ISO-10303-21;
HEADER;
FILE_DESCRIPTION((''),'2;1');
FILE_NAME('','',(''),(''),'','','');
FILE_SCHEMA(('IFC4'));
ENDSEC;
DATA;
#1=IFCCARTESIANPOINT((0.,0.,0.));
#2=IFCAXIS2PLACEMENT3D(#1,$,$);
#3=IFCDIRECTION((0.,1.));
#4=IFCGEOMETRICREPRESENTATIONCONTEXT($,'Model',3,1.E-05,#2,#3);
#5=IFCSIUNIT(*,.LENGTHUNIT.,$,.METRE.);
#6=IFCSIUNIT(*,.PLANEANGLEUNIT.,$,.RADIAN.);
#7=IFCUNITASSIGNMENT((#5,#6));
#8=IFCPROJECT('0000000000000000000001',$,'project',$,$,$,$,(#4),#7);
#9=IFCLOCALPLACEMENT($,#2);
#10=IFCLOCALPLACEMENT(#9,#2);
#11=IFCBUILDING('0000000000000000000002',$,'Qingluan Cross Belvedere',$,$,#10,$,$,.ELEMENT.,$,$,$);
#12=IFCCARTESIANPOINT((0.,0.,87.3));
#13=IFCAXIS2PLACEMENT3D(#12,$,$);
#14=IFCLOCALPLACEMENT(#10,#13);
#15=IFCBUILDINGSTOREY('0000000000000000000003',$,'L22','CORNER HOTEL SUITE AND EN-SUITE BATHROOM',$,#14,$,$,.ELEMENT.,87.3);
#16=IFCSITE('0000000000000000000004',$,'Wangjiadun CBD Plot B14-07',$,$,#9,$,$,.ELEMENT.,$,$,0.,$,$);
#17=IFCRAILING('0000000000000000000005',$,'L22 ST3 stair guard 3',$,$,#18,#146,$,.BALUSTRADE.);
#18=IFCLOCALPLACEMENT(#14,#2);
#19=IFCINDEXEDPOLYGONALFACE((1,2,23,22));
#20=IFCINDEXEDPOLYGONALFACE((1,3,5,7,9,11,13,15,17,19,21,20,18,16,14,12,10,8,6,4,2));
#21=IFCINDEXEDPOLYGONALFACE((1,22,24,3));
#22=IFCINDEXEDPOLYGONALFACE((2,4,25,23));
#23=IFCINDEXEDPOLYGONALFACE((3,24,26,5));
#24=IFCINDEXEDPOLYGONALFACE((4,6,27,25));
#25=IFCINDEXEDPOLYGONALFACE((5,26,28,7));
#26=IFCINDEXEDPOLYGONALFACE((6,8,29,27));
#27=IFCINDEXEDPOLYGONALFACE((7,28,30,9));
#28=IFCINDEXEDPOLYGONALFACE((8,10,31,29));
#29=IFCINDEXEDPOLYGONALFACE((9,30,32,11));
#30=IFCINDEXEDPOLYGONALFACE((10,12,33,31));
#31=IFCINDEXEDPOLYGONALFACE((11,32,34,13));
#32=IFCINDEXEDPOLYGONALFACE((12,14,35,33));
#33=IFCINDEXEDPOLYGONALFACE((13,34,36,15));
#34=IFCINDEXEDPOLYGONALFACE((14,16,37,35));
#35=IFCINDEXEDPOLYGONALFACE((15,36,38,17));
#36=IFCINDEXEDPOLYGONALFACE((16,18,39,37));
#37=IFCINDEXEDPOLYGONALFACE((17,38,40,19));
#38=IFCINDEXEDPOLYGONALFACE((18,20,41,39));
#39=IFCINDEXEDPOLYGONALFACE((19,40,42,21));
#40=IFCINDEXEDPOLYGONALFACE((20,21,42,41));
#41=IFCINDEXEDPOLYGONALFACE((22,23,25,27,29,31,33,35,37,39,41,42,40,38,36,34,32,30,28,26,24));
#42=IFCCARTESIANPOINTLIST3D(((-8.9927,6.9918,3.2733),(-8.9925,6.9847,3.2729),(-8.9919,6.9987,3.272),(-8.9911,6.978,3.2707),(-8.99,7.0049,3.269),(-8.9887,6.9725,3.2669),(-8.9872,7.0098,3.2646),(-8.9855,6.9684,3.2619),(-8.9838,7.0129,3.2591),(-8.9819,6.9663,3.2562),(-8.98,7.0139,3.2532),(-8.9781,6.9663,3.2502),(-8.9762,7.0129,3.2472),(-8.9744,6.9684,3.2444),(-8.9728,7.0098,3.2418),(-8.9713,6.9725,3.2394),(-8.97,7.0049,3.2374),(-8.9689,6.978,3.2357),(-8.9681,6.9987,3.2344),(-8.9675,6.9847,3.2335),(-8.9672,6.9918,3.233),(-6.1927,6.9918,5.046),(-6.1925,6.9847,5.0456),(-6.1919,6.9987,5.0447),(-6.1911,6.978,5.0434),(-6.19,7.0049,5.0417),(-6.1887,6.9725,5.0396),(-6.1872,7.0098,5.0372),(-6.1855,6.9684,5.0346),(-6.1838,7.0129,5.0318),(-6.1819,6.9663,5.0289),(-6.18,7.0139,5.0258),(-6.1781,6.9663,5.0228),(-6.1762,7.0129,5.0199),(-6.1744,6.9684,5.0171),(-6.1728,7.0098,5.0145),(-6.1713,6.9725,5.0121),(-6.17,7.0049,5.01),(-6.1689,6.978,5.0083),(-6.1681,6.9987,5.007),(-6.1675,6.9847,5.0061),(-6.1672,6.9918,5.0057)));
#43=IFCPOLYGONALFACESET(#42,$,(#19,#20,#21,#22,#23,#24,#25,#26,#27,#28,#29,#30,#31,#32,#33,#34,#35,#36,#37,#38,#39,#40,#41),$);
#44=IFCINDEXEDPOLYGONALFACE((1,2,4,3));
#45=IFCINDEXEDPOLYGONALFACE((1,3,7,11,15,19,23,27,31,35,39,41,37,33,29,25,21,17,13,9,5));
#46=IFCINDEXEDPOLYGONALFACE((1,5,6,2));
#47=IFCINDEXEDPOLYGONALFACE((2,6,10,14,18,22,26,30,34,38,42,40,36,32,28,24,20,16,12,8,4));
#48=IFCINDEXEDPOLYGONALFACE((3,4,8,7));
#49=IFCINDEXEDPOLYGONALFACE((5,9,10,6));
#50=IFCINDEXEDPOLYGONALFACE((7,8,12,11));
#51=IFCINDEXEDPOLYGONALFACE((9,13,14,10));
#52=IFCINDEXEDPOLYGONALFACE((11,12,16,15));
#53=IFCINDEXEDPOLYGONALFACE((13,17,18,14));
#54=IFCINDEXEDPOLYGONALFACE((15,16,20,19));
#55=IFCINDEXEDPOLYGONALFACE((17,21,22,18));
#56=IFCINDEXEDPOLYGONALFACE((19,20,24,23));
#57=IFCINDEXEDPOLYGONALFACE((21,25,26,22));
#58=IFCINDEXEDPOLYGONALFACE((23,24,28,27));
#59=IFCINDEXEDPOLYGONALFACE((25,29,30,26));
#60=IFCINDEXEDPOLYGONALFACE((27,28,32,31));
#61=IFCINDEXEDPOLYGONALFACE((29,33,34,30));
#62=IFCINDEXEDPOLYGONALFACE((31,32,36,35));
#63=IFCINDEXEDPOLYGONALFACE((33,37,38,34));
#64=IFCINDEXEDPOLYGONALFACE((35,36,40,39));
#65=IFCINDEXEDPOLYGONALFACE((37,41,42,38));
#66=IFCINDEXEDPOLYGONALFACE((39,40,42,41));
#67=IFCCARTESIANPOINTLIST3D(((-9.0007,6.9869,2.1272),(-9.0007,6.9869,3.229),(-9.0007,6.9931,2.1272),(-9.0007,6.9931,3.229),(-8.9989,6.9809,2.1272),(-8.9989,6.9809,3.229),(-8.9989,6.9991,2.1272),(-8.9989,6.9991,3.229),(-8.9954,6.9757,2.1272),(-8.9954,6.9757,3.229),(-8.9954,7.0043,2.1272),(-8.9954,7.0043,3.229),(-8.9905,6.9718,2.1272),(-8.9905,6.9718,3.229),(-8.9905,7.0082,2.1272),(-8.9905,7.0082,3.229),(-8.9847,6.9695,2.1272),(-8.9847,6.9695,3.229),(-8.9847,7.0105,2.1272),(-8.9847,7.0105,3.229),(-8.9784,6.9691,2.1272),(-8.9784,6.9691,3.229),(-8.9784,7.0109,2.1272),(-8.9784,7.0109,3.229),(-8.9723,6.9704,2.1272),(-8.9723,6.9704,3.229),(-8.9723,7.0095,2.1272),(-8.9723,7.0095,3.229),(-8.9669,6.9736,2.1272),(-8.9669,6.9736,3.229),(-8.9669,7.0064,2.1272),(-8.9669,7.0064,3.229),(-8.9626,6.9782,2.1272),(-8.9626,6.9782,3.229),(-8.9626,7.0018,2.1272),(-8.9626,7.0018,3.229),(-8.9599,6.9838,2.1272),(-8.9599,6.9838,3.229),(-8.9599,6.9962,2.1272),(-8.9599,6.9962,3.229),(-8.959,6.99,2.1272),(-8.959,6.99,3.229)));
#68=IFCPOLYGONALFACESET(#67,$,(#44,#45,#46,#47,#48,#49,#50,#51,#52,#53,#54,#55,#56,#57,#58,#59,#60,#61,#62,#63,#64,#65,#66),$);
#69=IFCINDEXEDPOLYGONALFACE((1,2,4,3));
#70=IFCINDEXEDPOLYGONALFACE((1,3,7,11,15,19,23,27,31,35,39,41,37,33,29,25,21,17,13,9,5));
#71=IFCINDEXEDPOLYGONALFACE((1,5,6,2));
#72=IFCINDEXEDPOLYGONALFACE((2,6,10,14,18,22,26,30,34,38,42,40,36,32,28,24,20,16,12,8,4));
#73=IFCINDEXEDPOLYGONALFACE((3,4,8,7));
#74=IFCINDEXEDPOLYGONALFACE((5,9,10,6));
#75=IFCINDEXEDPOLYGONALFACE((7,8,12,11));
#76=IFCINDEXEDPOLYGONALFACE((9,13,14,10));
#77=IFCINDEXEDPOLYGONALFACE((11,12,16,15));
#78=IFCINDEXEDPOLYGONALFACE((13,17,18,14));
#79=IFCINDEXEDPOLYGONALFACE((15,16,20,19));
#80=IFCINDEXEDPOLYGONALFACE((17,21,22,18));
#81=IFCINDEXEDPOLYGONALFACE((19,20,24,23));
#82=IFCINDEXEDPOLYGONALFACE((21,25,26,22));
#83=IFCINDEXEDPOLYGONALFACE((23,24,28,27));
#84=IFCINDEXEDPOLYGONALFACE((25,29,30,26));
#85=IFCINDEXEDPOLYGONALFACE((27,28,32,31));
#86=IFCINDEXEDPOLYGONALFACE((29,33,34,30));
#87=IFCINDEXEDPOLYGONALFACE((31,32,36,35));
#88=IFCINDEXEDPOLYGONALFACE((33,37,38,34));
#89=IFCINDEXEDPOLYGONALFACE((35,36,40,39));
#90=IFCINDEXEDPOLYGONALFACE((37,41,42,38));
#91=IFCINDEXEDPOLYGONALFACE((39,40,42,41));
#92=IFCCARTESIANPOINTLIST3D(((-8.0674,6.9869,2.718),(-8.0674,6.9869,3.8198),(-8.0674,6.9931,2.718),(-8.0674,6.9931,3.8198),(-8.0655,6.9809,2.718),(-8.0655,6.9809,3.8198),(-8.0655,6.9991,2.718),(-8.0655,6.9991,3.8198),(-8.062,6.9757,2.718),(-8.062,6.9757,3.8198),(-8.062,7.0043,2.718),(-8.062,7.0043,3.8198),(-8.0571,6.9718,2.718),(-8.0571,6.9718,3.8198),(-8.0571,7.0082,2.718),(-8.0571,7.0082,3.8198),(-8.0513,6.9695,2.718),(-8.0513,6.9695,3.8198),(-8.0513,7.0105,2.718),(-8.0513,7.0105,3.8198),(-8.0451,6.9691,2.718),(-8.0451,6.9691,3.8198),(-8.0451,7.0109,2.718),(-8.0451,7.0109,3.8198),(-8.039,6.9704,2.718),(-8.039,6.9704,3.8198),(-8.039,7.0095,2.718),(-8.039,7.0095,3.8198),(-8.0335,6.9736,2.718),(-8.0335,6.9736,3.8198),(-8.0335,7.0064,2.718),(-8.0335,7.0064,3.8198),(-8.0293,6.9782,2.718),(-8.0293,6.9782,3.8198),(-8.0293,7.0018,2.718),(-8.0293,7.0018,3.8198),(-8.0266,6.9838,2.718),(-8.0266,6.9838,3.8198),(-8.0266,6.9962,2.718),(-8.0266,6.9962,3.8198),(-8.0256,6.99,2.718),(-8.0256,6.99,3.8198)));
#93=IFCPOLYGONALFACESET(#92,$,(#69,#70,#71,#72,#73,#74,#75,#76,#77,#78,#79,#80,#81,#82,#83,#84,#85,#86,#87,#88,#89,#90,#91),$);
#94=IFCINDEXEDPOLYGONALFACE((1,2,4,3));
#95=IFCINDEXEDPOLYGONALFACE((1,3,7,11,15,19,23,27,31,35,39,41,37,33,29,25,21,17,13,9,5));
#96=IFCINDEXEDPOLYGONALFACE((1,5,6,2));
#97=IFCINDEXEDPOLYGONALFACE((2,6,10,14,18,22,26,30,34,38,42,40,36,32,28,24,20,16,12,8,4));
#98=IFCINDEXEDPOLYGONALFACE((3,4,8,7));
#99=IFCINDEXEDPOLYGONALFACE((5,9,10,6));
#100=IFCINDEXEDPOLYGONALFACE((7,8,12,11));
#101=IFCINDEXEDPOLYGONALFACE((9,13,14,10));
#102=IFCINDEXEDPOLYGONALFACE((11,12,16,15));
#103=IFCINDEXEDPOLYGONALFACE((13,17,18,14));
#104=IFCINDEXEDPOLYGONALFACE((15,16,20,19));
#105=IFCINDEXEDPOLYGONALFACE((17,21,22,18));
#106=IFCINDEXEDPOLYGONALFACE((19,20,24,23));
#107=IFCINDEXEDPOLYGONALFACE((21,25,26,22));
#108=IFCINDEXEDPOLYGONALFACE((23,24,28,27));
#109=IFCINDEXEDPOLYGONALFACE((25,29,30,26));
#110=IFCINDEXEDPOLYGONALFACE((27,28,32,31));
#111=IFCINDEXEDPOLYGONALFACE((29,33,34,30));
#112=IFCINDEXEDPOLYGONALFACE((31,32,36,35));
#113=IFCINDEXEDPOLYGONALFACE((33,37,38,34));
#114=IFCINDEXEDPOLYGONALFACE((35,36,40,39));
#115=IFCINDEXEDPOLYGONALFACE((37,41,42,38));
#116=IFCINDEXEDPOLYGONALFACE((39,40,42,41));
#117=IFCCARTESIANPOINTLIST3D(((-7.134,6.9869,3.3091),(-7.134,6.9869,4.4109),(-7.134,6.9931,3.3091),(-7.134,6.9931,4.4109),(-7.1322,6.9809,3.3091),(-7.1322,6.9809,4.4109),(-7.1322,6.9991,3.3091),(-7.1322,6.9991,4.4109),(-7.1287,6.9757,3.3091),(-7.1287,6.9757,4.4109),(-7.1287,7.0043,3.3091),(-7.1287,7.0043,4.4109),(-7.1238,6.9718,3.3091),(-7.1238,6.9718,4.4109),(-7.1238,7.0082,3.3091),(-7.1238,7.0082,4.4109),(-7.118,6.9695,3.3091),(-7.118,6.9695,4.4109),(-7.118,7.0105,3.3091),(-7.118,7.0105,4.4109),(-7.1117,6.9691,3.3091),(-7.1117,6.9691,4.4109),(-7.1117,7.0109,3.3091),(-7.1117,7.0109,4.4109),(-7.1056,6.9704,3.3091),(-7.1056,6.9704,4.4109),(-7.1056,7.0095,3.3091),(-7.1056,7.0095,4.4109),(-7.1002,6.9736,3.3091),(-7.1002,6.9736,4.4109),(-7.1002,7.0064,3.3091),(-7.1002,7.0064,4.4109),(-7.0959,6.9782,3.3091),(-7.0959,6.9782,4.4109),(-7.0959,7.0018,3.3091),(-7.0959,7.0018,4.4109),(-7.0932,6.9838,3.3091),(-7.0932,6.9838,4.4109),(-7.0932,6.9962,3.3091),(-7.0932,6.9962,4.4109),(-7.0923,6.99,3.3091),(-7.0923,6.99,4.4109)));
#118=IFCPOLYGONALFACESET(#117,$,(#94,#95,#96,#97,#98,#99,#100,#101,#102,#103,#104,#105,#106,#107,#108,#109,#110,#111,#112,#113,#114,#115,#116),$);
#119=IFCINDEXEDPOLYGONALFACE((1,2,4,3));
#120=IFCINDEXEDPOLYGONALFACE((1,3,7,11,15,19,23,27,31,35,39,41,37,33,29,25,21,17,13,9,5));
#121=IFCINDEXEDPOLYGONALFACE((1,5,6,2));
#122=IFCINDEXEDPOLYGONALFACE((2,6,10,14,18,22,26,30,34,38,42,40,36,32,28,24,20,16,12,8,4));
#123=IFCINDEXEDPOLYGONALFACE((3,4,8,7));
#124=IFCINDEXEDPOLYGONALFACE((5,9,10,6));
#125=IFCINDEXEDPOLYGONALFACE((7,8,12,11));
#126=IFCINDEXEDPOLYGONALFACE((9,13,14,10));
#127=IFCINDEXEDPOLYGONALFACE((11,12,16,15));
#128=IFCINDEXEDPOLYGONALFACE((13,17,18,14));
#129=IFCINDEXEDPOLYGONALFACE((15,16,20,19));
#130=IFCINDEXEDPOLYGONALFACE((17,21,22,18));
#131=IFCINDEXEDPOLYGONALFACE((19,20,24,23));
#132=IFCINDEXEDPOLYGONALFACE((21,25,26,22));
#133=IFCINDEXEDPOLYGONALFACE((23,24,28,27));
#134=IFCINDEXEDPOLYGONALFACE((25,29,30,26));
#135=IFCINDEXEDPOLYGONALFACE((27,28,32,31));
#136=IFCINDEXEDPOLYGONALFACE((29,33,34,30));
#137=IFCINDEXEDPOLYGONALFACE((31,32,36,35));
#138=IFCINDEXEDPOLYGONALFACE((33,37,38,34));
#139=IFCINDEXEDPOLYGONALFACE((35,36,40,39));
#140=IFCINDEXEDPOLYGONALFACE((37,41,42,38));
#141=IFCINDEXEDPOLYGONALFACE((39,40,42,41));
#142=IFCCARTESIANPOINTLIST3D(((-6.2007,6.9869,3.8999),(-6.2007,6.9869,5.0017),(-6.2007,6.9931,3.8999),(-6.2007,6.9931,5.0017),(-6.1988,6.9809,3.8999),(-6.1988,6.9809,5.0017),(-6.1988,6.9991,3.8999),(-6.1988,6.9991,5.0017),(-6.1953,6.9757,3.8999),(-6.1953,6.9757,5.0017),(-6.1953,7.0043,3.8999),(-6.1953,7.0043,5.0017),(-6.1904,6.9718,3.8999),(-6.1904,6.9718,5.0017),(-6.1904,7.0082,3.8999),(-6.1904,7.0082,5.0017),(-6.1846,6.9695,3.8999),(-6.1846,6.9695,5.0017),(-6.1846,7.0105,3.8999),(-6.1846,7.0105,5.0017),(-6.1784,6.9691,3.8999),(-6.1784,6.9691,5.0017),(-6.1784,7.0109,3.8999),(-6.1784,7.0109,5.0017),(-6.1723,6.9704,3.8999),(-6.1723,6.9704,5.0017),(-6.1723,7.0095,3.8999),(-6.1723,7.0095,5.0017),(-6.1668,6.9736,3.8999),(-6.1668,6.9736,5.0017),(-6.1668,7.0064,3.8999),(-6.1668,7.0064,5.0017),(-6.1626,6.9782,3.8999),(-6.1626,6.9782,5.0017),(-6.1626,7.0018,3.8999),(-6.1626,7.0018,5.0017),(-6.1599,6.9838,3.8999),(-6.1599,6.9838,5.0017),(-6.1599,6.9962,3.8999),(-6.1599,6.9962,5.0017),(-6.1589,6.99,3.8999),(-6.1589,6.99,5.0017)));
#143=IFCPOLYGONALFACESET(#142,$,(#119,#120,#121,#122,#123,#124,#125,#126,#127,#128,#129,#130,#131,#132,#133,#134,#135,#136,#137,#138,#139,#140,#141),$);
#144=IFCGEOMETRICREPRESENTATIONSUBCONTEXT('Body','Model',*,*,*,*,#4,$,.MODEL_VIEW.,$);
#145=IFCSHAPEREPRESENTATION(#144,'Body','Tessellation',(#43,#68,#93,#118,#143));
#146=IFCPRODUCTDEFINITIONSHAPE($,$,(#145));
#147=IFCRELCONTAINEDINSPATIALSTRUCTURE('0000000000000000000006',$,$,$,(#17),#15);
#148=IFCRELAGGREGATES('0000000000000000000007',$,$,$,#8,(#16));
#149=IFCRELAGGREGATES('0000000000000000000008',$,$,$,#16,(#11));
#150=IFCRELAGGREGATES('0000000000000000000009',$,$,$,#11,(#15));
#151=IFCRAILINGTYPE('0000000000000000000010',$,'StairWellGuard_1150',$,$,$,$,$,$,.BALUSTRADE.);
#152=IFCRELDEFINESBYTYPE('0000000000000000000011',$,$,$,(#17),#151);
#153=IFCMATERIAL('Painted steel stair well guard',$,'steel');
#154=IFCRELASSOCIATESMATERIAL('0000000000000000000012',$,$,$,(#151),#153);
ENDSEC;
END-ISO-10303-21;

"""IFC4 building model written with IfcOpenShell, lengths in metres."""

from ifc_helpers import new_model, si_unit, direction, frame, origin, origin_2d, place, context, subcontext, project, spatial, circle, extrude, material, type_object, element, save


model = new_model("IFC4")

# Units and contexts
model_context = context("Model", 3, precision=1e-05, world=origin(), true_north=direction((0.0, 1.0)))
body_context = subcontext(model_context, "Body", "Model", "MODEL_VIEW")
ifc_project = project(units=[si_unit("LENGTHUNIT", "METRE"), si_unit("PLANEANGLEUNIT", "RADIAN")], contexts=[model_context])

# Site, building, storey
site_placement = place(None, origin())
site = spatial("IfcSite", under=ifc_project, at=site_placement, Name="Wangjiadun CBD Plot B14-07", CompositionType="ELEMENT", RefElevation=0.0)
building_placement = place(site_placement, origin())
building = spatial("IfcBuilding", under=site, at=building_placement, Name="Qingluan Cross Belvedere", CompositionType="ELEMENT")
storey_placement = place(building_placement, frame((0.0, 0.0, 87.3)))
storey = spatial("IfcBuildingStorey", under=building, at=storey_placement, Name="L22", Description="CORNER HOTEL SUITE AND EN-SUITE BATHROOM", CompositionType="ELEMENT", Elevation=87.3)

# Railing
ifc_material_1 = material(Name="Painted steel stair well guard", Category="steel")
railing_type_1 = type_object("IfcRailingType", Name="StairWellGuard_1150", PredefinedType="BALUSTRADE", material=ifc_material_1)
railing_1_placement = place(storey_placement, frame((-8.98, 6.99, 2.1272)))
element("IfcRailing", 1, at=railing_1_placement, inside=storey, type_object=railing_type_1, Name="L22 ST3 stair guard 3", PredefinedType="BALUSTRADE", context=body_context, shape_type="SweptSolid", body=[
    extrude(circle(Radius=0.0239, at=origin_2d()), frame((0.0, 0.0, 1.126), z_axis=(0.844909, 0.0, 0.53491), x_axis=(0.0, 1.0, 0.0)), (0.0, 0.0, 1.0), 3.314),
    extrude(circle(Radius=0.021, at=origin_2d()), origin(), (0.0, 0.0, 1.0), 1.1018),
    extrude(circle(Radius=0.021, at=origin_2d()), frame((0.9333, 0.0, 0.5908)), (0.0, 0.0, 1.0), 1.1018),
    extrude(circle(Radius=0.021, at=origin_2d()), frame((1.8667, 0.0, 1.1819)), (0.0, 0.0, 1.0), 1.1018),
    extrude(circle(Radius=0.021, at=origin_2d()), frame((2.8, 0.0, 1.7727)), (0.0, 0.0, 1.0), 1.1018),
])

save(model, "model.ifc")
